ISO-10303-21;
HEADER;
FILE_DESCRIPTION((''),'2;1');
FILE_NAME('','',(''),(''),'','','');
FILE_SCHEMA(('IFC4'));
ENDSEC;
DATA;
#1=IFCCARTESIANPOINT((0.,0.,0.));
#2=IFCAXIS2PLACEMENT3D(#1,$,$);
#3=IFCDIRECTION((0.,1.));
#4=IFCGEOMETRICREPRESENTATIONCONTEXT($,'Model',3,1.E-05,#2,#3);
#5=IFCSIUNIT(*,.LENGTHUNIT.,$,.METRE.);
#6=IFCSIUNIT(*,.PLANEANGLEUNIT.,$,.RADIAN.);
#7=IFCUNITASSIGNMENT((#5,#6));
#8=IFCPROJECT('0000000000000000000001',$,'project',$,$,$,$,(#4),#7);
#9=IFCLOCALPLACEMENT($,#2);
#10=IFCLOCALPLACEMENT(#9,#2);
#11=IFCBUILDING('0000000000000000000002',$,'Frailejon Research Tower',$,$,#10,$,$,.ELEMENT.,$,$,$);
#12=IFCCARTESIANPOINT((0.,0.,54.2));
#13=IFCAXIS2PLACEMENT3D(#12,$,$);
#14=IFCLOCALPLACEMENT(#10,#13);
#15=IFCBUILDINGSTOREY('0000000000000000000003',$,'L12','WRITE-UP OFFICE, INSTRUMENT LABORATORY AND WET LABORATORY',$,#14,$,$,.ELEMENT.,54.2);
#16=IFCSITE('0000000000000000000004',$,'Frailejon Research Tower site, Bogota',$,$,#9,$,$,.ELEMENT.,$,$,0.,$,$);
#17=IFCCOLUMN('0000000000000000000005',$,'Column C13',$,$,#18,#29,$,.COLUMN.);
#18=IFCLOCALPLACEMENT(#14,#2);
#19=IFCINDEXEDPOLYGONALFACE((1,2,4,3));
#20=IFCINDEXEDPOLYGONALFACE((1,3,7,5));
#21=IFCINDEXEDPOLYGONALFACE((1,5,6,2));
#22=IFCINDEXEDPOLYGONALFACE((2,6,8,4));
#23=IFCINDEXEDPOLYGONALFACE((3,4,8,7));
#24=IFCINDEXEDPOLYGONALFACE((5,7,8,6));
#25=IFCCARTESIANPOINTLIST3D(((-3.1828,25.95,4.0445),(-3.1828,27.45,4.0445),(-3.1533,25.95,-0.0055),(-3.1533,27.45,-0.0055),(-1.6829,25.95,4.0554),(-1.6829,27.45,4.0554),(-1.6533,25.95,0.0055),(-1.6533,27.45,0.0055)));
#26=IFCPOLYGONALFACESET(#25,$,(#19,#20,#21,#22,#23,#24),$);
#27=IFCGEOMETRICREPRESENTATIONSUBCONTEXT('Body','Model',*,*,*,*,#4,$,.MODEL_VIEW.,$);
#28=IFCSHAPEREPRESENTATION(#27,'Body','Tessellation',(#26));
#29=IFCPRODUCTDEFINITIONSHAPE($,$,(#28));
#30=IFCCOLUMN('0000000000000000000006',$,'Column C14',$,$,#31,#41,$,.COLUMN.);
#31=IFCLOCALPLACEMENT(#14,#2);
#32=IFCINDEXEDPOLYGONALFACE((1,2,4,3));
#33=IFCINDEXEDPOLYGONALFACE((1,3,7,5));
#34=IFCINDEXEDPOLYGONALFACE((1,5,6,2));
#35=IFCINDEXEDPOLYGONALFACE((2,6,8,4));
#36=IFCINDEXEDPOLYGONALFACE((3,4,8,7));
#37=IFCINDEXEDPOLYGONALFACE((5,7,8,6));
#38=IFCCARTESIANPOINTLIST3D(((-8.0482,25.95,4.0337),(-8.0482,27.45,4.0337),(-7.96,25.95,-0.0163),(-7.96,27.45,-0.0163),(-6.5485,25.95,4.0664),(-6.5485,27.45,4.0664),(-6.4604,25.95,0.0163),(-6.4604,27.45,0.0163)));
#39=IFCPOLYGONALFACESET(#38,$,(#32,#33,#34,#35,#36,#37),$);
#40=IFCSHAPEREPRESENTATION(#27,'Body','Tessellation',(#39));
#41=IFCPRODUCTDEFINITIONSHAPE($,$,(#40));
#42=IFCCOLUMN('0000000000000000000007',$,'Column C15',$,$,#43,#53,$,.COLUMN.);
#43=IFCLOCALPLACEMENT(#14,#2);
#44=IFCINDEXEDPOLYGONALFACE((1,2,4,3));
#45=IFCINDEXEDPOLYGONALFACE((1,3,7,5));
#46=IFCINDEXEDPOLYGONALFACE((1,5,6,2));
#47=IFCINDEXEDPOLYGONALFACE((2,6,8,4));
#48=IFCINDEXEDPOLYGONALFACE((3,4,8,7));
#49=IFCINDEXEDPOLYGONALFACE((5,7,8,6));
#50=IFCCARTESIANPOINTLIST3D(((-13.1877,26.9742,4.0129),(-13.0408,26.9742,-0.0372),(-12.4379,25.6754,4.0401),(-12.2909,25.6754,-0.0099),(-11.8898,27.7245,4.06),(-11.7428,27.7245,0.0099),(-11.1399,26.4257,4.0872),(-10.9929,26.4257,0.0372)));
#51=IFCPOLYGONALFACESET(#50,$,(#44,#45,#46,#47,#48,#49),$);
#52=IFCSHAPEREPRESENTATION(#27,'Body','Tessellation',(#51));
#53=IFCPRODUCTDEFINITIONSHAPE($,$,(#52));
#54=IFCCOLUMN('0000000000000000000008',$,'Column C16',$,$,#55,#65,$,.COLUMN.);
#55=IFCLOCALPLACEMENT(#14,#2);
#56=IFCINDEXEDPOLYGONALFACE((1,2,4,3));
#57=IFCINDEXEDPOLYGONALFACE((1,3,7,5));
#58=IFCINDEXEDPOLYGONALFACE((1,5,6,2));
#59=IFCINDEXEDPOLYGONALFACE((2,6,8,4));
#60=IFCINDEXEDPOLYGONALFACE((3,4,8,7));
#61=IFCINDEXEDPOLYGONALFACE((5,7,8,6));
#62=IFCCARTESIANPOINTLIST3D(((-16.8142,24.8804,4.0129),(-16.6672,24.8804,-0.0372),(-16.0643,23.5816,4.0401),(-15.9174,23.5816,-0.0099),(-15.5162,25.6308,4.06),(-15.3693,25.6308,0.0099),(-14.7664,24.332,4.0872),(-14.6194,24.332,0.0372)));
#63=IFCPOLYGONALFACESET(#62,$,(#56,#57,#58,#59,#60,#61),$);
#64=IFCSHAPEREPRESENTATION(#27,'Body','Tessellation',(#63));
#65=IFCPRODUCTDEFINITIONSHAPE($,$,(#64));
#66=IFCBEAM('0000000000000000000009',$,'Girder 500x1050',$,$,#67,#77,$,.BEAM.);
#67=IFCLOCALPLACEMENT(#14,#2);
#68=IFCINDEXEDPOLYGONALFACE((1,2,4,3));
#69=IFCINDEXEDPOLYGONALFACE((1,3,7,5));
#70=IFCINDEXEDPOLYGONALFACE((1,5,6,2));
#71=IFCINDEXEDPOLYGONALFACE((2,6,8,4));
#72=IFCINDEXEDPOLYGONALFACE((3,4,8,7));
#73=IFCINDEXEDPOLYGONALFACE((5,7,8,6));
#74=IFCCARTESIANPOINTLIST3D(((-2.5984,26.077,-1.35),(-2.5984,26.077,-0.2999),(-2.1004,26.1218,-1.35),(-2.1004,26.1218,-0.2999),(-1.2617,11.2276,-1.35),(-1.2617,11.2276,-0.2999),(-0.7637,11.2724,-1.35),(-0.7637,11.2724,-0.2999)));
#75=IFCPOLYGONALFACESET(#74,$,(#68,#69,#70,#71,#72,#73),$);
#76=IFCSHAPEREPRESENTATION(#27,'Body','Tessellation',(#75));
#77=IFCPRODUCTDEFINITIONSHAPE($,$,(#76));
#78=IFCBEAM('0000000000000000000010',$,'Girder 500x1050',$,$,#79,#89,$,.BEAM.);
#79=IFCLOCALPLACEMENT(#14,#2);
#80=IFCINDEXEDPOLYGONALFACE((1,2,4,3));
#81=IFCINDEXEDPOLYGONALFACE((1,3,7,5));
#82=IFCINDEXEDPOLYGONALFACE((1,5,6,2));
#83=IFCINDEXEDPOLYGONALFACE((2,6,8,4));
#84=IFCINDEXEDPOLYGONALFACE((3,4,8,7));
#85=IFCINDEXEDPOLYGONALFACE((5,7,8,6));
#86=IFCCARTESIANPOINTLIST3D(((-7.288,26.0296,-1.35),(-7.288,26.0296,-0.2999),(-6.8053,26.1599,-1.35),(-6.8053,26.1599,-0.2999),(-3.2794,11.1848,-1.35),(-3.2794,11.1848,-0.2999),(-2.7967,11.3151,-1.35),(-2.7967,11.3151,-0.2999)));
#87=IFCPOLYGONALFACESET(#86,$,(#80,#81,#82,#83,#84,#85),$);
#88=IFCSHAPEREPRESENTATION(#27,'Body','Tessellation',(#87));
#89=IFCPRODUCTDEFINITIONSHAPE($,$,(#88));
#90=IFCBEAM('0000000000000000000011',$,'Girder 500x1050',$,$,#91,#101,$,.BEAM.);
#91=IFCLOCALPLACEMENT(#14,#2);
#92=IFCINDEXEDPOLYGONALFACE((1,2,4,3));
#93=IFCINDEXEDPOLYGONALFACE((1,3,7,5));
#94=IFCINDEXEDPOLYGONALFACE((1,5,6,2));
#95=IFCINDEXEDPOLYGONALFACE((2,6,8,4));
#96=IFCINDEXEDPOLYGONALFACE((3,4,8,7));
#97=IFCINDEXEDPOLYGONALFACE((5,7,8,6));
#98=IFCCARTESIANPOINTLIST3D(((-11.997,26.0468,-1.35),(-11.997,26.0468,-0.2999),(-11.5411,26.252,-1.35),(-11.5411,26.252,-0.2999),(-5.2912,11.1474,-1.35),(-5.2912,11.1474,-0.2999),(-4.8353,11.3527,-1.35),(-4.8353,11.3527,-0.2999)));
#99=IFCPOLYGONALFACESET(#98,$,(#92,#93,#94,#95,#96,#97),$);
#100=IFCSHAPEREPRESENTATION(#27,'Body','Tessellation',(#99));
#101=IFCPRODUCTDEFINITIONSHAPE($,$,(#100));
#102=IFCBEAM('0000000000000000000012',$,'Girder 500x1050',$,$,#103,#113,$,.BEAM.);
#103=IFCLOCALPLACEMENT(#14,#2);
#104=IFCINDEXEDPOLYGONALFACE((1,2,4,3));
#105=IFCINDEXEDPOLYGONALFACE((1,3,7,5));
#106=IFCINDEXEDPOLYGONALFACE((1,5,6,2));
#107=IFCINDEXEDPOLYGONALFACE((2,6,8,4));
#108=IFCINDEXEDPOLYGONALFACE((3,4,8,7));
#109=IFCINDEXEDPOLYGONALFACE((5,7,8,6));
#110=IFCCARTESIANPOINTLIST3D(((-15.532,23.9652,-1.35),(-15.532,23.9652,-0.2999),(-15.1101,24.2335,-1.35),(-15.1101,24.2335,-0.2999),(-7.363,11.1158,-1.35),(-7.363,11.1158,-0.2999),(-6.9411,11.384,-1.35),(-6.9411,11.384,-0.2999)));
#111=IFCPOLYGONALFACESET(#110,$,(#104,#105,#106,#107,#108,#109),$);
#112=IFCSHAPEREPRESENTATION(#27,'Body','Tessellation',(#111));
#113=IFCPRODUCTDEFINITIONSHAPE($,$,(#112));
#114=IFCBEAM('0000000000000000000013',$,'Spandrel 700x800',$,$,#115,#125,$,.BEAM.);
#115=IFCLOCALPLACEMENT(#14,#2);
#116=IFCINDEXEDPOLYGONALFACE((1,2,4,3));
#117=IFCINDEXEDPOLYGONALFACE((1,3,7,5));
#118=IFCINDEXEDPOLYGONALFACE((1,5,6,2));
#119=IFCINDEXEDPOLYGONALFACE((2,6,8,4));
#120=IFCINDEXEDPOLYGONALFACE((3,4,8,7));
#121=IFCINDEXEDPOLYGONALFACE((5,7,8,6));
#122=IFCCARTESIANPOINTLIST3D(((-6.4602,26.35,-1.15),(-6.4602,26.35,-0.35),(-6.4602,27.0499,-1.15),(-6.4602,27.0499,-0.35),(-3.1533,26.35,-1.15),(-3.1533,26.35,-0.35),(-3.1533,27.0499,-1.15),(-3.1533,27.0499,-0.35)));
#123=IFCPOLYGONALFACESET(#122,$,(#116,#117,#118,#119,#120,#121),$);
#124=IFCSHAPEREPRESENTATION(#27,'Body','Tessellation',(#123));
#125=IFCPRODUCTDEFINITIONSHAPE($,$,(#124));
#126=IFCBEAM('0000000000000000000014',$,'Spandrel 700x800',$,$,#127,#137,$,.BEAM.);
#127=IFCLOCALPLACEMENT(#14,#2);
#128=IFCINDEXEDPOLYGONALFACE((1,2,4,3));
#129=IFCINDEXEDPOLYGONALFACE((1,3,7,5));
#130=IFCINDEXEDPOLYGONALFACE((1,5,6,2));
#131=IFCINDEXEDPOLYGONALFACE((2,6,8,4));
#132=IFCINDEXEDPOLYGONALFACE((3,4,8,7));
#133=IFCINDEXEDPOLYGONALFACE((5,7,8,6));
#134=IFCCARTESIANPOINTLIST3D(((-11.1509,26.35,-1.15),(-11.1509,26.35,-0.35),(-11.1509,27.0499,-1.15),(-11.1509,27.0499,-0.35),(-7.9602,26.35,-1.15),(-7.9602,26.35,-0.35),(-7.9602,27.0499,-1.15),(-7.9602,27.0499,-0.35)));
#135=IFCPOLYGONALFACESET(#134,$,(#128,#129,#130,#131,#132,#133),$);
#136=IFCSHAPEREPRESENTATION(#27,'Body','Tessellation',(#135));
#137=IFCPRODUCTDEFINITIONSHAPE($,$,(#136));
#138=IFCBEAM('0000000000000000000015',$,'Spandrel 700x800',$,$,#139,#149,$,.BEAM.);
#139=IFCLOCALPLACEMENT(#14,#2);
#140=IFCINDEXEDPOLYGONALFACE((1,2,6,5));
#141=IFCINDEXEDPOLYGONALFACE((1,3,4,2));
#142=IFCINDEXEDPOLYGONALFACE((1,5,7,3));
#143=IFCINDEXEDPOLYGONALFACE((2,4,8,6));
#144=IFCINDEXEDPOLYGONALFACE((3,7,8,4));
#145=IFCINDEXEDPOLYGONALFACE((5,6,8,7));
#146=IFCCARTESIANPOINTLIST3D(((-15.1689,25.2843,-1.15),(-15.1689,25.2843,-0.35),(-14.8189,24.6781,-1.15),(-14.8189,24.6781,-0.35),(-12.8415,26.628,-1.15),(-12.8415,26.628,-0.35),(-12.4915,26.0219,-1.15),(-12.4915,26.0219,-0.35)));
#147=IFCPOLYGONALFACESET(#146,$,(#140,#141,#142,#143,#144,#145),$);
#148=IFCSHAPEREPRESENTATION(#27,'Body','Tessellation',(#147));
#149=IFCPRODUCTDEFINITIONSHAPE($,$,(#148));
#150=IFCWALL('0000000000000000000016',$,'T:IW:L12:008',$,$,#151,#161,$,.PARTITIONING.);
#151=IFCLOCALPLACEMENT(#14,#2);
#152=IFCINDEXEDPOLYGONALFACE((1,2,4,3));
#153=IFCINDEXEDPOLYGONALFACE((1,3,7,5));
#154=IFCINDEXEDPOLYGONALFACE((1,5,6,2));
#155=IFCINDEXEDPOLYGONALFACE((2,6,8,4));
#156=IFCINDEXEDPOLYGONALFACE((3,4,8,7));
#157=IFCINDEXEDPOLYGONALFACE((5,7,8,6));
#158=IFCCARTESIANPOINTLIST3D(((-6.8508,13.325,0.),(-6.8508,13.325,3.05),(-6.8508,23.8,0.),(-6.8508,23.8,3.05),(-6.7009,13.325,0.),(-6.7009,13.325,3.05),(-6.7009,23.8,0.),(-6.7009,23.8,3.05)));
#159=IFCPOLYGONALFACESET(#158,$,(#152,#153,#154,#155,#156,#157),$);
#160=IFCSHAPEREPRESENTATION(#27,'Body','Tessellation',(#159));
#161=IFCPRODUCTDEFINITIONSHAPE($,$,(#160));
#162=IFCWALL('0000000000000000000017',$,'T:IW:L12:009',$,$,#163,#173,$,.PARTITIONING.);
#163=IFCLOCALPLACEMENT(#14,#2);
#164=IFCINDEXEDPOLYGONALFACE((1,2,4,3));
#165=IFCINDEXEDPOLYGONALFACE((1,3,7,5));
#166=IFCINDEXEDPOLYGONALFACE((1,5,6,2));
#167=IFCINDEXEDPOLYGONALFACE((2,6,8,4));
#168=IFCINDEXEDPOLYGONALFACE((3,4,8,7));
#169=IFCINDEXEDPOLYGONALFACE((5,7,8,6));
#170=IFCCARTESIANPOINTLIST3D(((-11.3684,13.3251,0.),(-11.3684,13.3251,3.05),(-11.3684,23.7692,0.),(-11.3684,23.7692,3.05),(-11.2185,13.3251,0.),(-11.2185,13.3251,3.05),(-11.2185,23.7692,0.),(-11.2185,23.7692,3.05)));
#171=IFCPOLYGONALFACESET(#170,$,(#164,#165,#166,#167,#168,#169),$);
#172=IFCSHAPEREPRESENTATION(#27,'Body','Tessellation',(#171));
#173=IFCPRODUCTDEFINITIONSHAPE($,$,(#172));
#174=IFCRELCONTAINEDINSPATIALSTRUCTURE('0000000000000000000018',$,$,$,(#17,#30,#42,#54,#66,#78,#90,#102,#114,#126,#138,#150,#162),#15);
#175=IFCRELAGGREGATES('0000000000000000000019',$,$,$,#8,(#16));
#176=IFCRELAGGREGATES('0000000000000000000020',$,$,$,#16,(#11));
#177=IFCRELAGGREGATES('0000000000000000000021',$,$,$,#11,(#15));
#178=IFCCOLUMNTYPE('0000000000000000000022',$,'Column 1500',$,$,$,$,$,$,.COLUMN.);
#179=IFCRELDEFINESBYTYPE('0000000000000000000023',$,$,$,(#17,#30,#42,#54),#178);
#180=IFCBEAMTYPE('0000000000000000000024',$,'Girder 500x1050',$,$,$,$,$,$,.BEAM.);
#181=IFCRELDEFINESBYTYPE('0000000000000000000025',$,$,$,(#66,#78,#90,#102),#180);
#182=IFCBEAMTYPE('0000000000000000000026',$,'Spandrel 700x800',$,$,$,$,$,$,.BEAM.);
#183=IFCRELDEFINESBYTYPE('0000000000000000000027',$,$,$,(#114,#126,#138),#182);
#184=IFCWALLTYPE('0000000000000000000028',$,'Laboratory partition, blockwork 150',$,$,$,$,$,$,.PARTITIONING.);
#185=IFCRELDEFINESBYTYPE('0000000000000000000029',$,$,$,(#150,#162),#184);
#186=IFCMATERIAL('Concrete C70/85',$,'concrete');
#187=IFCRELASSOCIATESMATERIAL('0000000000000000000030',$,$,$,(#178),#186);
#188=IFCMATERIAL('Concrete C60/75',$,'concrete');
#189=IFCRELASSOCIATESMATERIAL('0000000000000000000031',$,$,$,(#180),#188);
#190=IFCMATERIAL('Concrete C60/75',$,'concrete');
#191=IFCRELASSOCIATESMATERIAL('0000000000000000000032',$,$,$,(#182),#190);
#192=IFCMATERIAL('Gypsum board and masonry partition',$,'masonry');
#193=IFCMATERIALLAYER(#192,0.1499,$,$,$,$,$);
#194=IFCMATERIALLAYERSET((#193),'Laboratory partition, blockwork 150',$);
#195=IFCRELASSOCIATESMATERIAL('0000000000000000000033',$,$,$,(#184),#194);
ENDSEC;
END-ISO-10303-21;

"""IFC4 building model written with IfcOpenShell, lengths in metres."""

from ifc_helpers import new_model, si_unit, direction, frame, frame_2d, origin, origin_2d, place, context, subcontext, project, spatial, rectangle, extrude, material, layer, layer_set, material_profile, profile_set, type_object, element, save


model = new_model("IFC4")

# Units and contexts
model_context = context("Model", 3, precision=1e-05, world=origin(), true_north=direction((0.0, 1.0)))
body_context = subcontext(model_context, "Body", "Model", "MODEL_VIEW")
ifc_project = project(units=[si_unit("LENGTHUNIT", "METRE"), si_unit("PLANEANGLEUNIT", "RADIAN")], contexts=[model_context])

# Site, building, storey
site_placement = place(None, origin())
site = spatial("IfcSite", under=ifc_project, at=site_placement, Name="Frailejon Research Tower site, Bogota", CompositionType="ELEMENT", RefElevation=0.0)
building_placement = place(site_placement, origin())
building = spatial("IfcBuilding", under=site, at=building_placement, Name="Frailejon Research Tower", CompositionType="ELEMENT")
storey_placement = place(building_placement, frame((0.0, 0.0, 54.2)))
storey = spatial("IfcBuildingStorey", under=building, at=storey_placement, Name="L12", Description="WRITE-UP OFFICE, INSTRUMENT LABORATORY AND WET LABORATORY", CompositionType="ELEMENT", Elevation=54.2)

# Columns
ifc_material_1 = material(Name="Concrete C70/85", Category="concrete")
ifc_material_profile_1 = material_profile(ifc_material_1, rectangle(XDim=1.5, YDim=1.5, at=origin_2d()), Name="Column 1500")
ifc_profile_set_1 = profile_set([ifc_material_profile_1], Name="Concrete C70/85")
column_type = type_object("IfcColumnType", Name="Column 1500", PredefinedType="COLUMN", material=ifc_profile_set_1)
column_1_placement = place(storey_placement, frame((-2.4033, 26.7, 0.0), z_axis=(-0.007294, 0.0, 0.999973), x_axis=(-0.999973, 0.0, -0.007294)))
element("IfcColumn", 1, at=column_1_placement, inside=storey, type_object=column_type, Name="Column C13", PredefinedType="COLUMN", context=body_context, shape_type="SweptSolid", body=[
    extrude(rectangle(XDim=1.5, YDim=1.5, at=origin_2d()), origin(), (0.0, 0.0, 1.0), 4.05),
])
column_2_placement = place(storey_placement, frame((-7.2102, 26.7, 0.0), z_axis=(-0.021756, 0.0, 0.999763), x_axis=(-0.999763, 0.0, -0.021756)))
element("IfcColumn", 2, at=column_2_placement, inside=storey, type_object=column_type, Name="Column C14", PredefinedType="COLUMN", context=body_context, shape_type="SweptSolid", body=[
    extrude(rectangle(XDim=1.5, YDim=1.5, at=origin_2d()), origin(), (0.0, 0.0, 1.0), 4.051),
])
for number, where, z_axis, x_axis, name in (
    (3, (-12.0168, 26.7, 0.0), (-0.036265, 0.0, 0.999342), (-0.865314, -0.500246, -0.031401), "Column C15"),
    (4, (-15.6433, 24.6062, 0.0), (-0.036265, 0.0, 0.999342), (-0.865314, -0.500246, -0.031401), "Column C16"),
):
    element("IfcColumn", number, at=place(storey_placement, frame(where, z_axis=z_axis, x_axis=x_axis)), inside=storey, type_object=column_type, Name=name, PredefinedType="COLUMN", context=body_context, shape_type="SweptSolid", body=[
        extrude(rectangle(XDim=1.5, YDim=1.5, at=origin_2d()), origin(), (0.0, 0.0, 1.0), 4.0527),
    ])

# Beams
ifc_material_2 = material(Name="Concrete C60/75", Category="concrete")
ifc_material_profile_2 = material_profile(ifc_material_2, rectangle(XDim=0.5, YDim=1.05, at=origin_2d()), Name="Girder 500x1050")
ifc_profile_set_2 = profile_set([ifc_material_profile_2], Name="Concrete C60/75")
beam_type_1 = type_object("IfcBeamType", Name="Girder 500x1050", PredefinedType="BEAM", material=ifc_profile_set_2)
beam_1_placement = place(storey_placement, frame((-2.3494, 26.0994, -0.825), z_axis=(0.089653, -0.995973, 0.0), x_axis=(0.995973, 0.089653, 0.0)))
element("IfcBeam", 5, at=beam_1_placement, inside=storey, type_object=beam_type_1, Name="Girder 500x1050", PredefinedType="BEAM", context=body_context, shape_type="SweptSolid", body=[
    extrude(rectangle(XDim=0.5, YDim=1.05, at=origin_2d()), origin(), (0.0, 0.0, 1.0), 14.9094),
])
beam_2_placement = place(storey_placement, frame((-7.0466, 26.0947, -0.825), z_axis=(0.260694, -0.965421, 0.0), x_axis=(0.965421, 0.260694, 0.0)))
element("IfcBeam", 6, at=beam_2_placement, inside=storey, type_object=beam_type_1, Name="Girder 500x1050", PredefinedType="BEAM", context=body_context, shape_type="SweptSolid", body=[
    extrude(rectangle(XDim=0.5, YDim=1.05, at=origin_2d()), origin(), (0.0, 0.0, 1.0), 15.3765),
])
beam_3_placement = place(storey_placement, frame((-11.769, 26.1494, -0.825), z_axis=(0.410419, -0.911897, 0.0), x_axis=(0.911897, 0.410419, 0.0)))
element("IfcBeam", 7, at=beam_3_placement, inside=storey, type_object=beam_type_1, Name="Girder 500x1050", PredefinedType="BEAM", context=body_context, shape_type="SweptSolid", body=[
    extrude(rectangle(XDim=0.5, YDim=1.05, at=origin_2d()), origin(), (0.0, 0.0, 1.0), 16.3389),
])
beam_4_placement = place(storey_placement, frame((-15.321, 24.0994, -0.825), z_axis=(0.536505, -0.843897, 0.0), x_axis=(0.843897, 0.536505, 0.0)))
element("IfcBeam", 8, at=beam_4_placement, inside=storey, type_object=beam_type_1, Name="Girder 500x1050", PredefinedType="BEAM", context=body_context, shape_type="SweptSolid", body=[
    extrude(rectangle(XDim=0.5, YDim=1.05, at=origin_2d()), origin(), (0.0, 0.0, 1.0), 15.2263),
])
ifc_material_3 = material(Name="Concrete C60/75", Category="concrete")
ifc_material_profile_3 = material_profile(ifc_material_3, rectangle(XDim=0.7, YDim=0.8, at=origin_2d()), Name="Spandrel 700x800")
ifc_profile_set_3 = profile_set([ifc_material_profile_3], Name="Concrete C60/75")
beam_type_2 = type_object("IfcBeamType", Name="Spandrel 700x800", PredefinedType="BEAM", material=ifc_profile_set_3)
beam_5_placement = place(storey_placement, frame((-3.1533, 26.7, -0.75), z_axis=(-1.0, 0.0, 0.0), x_axis=(0.0, -1.0, 0.0)))
element("IfcBeam", 9, at=beam_5_placement, inside=storey, type_object=beam_type_2, Name="Spandrel 700x800", PredefinedType="BEAM", context=body_context, shape_type="SweptSolid", body=[
    extrude(rectangle(XDim=0.7, YDim=0.8, at=origin_2d()), origin(), (0.0, 0.0, 1.0), 3.3069),
])
beam_6_placement = place(storey_placement, frame((-7.9602, 26.7, -0.75), z_axis=(-1.0, 0.0, 0.0), x_axis=(0.0, -1.0, 0.0)))
element("IfcBeam", 10, at=beam_6_placement, inside=storey, type_object=beam_type_2, Name="Spandrel 700x800", PredefinedType="BEAM", context=body_context, shape_type="SweptSolid", body=[
    extrude(rectangle(XDim=0.7, YDim=0.8, at=origin_2d()), origin(), (0.0, 0.0, 1.0), 3.1907),
])
beam_7_placement = place(storey_placement, frame((-12.6665, 26.325, -0.75), z_axis=(-0.866021, -0.500008, 0.0), x_axis=(0.500008, -0.866021, 0.0)))
element("IfcBeam", 11, at=beam_7_placement, inside=storey, type_object=beam_type_2, Name="Spandrel 700x800", PredefinedType="BEAM", context=body_context, shape_type="SweptSolid", body=[
    extrude(rectangle(XDim=0.7, YDim=0.8, at=origin_2d()), origin(), (0.0, 0.0, 1.0), 2.6875),
])

# Walls
ifc_material_4 = material(Name="Gypsum board and masonry partition", Category="masonry")
ifc_layer_1 = layer(ifc_material_4, 0.1499)
ifc_layer_set_1 = layer_set([ifc_layer_1], Name="Laboratory partition, blockwork 150")
wall_type_1 = type_object("IfcWallType", Name="Laboratory partition, blockwork 150", PredefinedType="PARTITIONING", material=ifc_layer_set_1)
wall_1_placement = place(storey_placement, frame((-6.7759, 13.325, 0.0), z_axis=(0.0, 0.0, 1.0), x_axis=(0.0, 1.0, 0.0)))
element("IfcWall", 12, at=wall_1_placement, inside=storey, type_object=wall_type_1, Name="T:IW:L12:008", PredefinedType="PARTITIONING", context=body_context, shape_type="SweptSolid", body=[
    extrude(rectangle(XDim=10.4751, YDim=0.1499, at=frame_2d((5.2375, 0.0))), origin(), (0.0, 0.0, 1.0), 3.05),
])
wall_2_placement = place(storey_placement, frame((-11.2935, 13.325, 0.0), z_axis=(0.0, 0.0, 1.0), x_axis=(0.0, 1.0, 0.0)))
element("IfcWall", 13, at=wall_2_placement, inside=storey, type_object=wall_type_1, Name="T:IW:L12:009", PredefinedType="PARTITIONING", context=body_context, shape_type="SweptSolid", body=[
    extrude(rectangle(XDim=10.4441, YDim=0.1499, at=frame_2d((5.2222, 0.0))), origin(), (0.0, 0.0, 1.0), 3.05),
])

save(model, "model.ifc")
